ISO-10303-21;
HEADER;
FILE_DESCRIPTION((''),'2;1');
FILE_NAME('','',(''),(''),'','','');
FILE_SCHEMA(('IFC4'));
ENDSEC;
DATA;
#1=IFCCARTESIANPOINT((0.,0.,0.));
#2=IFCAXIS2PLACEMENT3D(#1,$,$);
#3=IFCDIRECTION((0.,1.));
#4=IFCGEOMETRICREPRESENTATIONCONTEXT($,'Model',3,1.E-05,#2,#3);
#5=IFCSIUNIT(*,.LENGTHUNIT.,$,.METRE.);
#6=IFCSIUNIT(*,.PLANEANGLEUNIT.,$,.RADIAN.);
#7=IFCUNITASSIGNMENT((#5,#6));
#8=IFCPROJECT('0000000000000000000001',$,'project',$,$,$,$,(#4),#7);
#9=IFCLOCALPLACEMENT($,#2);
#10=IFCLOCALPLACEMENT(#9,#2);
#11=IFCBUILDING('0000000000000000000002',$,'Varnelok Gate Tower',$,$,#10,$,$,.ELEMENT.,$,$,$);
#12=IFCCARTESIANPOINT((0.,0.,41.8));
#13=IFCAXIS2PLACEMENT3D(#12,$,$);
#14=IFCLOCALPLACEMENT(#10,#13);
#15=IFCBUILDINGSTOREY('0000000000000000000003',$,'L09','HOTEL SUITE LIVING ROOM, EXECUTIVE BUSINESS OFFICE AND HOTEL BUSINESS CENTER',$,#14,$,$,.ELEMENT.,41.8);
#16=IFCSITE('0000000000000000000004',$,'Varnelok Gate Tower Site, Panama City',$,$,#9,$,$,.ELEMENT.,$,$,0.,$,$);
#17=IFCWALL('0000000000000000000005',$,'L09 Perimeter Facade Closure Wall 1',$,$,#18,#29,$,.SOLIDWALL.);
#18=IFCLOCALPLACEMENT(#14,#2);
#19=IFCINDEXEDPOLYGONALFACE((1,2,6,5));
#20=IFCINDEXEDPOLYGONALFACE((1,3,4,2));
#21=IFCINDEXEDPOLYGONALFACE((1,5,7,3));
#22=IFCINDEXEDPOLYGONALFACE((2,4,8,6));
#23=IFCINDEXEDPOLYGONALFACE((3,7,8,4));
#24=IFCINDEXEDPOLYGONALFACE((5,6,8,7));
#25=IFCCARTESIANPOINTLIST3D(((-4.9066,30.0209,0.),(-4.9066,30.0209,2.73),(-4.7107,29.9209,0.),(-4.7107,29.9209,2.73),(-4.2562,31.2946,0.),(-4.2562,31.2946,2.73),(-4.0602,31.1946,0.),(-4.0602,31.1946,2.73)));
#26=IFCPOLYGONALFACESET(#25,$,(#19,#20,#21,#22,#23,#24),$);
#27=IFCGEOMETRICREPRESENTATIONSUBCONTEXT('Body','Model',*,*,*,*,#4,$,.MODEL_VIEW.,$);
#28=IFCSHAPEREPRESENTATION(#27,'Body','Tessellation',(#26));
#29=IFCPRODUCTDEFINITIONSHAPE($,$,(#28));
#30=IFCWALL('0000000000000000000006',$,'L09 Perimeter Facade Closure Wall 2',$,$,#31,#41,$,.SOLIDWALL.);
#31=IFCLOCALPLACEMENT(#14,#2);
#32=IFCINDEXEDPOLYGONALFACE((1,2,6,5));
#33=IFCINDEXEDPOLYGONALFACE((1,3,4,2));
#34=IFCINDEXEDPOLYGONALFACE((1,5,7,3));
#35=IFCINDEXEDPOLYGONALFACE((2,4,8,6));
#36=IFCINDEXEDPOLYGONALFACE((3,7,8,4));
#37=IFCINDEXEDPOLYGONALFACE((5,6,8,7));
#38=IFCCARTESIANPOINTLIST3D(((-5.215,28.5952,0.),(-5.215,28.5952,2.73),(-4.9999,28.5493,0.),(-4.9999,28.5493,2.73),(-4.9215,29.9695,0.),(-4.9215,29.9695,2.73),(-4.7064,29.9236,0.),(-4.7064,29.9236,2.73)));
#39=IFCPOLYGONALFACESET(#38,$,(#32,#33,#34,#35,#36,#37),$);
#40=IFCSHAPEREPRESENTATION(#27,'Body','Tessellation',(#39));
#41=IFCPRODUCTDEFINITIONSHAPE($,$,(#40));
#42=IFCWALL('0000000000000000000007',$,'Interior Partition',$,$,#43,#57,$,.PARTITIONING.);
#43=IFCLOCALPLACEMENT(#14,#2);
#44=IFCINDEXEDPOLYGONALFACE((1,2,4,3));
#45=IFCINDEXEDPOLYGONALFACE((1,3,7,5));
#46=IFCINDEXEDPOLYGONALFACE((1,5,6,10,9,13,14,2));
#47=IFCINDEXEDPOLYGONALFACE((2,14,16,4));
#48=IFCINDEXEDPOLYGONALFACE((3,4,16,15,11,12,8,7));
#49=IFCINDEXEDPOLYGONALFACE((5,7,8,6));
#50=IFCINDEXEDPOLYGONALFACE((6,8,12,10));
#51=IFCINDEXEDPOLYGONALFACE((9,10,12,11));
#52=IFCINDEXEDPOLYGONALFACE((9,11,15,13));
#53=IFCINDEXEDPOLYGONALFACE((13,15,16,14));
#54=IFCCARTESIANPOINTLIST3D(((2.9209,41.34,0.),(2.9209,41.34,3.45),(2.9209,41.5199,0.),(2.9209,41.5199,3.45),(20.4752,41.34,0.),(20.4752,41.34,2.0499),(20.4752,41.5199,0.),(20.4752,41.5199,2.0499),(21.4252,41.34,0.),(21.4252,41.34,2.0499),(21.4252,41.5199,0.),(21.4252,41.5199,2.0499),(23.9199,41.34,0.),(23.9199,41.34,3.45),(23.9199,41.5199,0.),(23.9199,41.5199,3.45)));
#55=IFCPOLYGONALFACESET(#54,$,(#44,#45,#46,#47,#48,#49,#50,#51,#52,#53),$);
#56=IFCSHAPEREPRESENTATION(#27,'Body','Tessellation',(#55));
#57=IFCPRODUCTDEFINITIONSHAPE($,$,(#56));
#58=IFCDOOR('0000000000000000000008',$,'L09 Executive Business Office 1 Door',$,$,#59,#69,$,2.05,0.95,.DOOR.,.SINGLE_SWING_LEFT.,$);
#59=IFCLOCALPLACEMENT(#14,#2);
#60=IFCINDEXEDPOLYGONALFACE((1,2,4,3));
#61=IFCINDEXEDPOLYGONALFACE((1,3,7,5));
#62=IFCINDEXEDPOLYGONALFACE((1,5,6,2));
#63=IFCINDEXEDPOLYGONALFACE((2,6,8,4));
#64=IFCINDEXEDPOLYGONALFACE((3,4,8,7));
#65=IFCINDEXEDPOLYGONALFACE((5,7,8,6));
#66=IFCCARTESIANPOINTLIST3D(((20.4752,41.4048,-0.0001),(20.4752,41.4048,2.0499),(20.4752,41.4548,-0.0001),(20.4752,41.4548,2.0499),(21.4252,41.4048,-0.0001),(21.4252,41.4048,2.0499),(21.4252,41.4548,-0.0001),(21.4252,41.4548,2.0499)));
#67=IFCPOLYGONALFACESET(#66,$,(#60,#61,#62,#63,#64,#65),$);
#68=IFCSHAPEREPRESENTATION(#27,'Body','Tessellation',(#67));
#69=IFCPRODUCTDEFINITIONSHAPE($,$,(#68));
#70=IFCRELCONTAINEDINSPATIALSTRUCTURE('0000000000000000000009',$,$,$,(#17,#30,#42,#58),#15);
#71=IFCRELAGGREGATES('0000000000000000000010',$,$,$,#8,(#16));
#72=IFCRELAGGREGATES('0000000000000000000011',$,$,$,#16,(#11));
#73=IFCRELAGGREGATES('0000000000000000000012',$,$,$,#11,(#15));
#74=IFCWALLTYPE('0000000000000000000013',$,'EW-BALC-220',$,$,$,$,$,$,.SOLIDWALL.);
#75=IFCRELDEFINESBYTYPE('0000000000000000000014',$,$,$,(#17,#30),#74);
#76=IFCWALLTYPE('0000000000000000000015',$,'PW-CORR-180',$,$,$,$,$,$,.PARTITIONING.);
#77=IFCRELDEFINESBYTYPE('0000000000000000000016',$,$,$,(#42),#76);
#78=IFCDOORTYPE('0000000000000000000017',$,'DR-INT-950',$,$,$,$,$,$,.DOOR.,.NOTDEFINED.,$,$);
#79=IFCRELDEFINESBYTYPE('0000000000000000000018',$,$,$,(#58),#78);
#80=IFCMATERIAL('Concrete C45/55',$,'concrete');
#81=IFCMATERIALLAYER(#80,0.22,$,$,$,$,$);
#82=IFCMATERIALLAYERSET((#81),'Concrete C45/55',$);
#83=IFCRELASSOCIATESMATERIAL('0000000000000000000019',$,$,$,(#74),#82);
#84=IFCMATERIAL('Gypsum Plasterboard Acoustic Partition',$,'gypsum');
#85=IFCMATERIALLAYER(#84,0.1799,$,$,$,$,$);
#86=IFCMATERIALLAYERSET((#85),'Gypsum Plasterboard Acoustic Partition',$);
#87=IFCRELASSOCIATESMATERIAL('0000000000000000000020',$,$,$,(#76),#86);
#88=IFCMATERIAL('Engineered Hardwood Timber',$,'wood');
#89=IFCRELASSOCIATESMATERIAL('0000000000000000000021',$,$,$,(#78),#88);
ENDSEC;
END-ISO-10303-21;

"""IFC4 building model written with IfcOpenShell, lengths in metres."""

from ifc_helpers import new_model, si_unit, direction, frame, frame_2d, origin, place, context, subcontext, project, spatial, rectangle, extrude, material, layer, layer_set, type_object, element, fill, save


model = new_model("IFC4")

# Units and contexts
model_context = context("Model", 3, precision=1e-05, world=origin(), true_north=direction((0.0, 1.0)))
body_context = subcontext(model_context, "Body", "Model", "MODEL_VIEW")
ifc_project = project(units=[si_unit("LENGTHUNIT", "METRE"), si_unit("PLANEANGLEUNIT", "RADIAN")], contexts=[model_context])

# Site, building, storey
site_placement = place(None, origin())
site = spatial("IfcSite", under=ifc_project, at=site_placement, Name="Varnelok Gate Tower Site, Panama City", CompositionType="ELEMENT", RefElevation=0.0)
building_placement = place(site_placement, origin())
building = spatial("IfcBuilding", under=site, at=building_placement, Name="Varnelok Gate Tower", CompositionType="ELEMENT")
storey_placement = place(building_placement, frame((0.0, 0.0, 41.8)))
storey = spatial("IfcBuildingStorey", under=building, at=storey_placement, Name="L09", Description="HOTEL SUITE LIVING ROOM, EXECUTIVE BUSINESS OFFICE AND HOTEL BUSINESS CENTER", CompositionType="ELEMENT", Elevation=41.8)

# Walls
ifc_material_1 = material(Name="Concrete C45/55", Category="concrete")
ifc_layer_1 = layer(ifc_material_1, 0.22)
ifc_layer_set_1 = layer_set([ifc_layer_1], Name="Concrete C45/55")
wall_type_1 = type_object("IfcWallType", Name="EW-BALC-220", PredefinedType="SOLIDWALL", material=ifc_layer_set_1)
wall_1_placement = place(storey_placement, frame((-4.1582, 31.2446, 0.0), z_axis=(0.0, 0.0, 1.0), x_axis=(-0.454777, -0.890605, 0.0)))
element("IfcWall", 1, at=wall_1_placement, inside=storey, type_object=wall_type_1, Name="L09 Perimeter Facade Closure Wall 1", PredefinedType="SOLIDWALL", context=body_context, shape_type="SweptSolid", body=[
    extrude(rectangle(XDim=1.4302, YDim=0.22, at=frame_2d((0.7151, 0.0))), origin(), (0.0, 0.0, 1.0), 2.73),
])
wall_2_placement = place(storey_placement, frame((-4.814, 29.9465, 0.0), z_axis=(0.0, 0.0, 1.0), x_axis=(-0.208829, -0.977952, 0.0)))
element("IfcWall", 2, at=wall_2_placement, inside=storey, type_object=wall_type_1, Name="L09 Perimeter Facade Closure Wall 2", PredefinedType="SOLIDWALL", context=body_context, shape_type="SweptSolid", body=[
    extrude(rectangle(XDim=1.4053, YDim=0.22, at=frame_2d((0.7026, 0.0))), origin(), (0.0, 0.0, 1.0), 2.73),
])

# Wall, opening, door
ifc_material_2 = material(Name="Gypsum Plasterboard Acoustic Partition", Category="gypsum")
ifc_layer_2 = layer(ifc_material_2, 0.1799)
ifc_layer_set_2 = layer_set([ifc_layer_2], Name="Gypsum Plasterboard Acoustic Partition")
wall_type_2 = type_object("IfcWallType", Name="PW-CORR-180", PredefinedType="PARTITIONING", material=ifc_layer_set_2)
wall_3_placement = place(storey_placement, frame((2.9209, 41.4299, 0.0), z_axis=(0.0, 0.0, 1.0), x_axis=(1.0, 0.0, 0.0)))
wall_3 = element("IfcWall", 3, at=wall_3_placement, inside=storey, type_object=wall_type_2, Name="Interior Partition", PredefinedType="PARTITIONING", context=body_context, shape_type="SweptSolid", body=[
    extrude(rectangle(XDim=20.999, YDim=0.1799, at=frame_2d((10.4995, 0.0))), origin(), (0.0, 0.0, 1.0), 3.45),
])
opening_placement = place(wall_3_placement, frame((17.5542, 0.0, 0.0)))
opening = element("IfcOpeningElement", 4, at=opening_placement, cuts=wall_3, PredefinedType="OPENING", context=body_context, shape_type="SweptSolid", body=[
    extrude(rectangle(XDim=0.95, YDim=2.05, at=frame_2d((0.4751, 1.0249))), frame((0.0, 0.0999, 0.0), z_axis=(0.0, -1.0, 0.0), x_axis=(1.0, 0.0, 0.0)), (0.0, 0.0, 1.0), 0.2),
])
ifc_material_3 = material(Name="Engineered Hardwood Timber", Category="wood")
door_type = type_object("IfcDoorType", Name="DR-INT-950", OperationType="NOTDEFINED", PredefinedType="DOOR", material=ifc_material_3)
door_placement = place(opening_placement, origin())
door = element("IfcDoor", 5, at=door_placement, inside=storey, type_object=door_type, Name="L09 Executive Business Office 1 Door", OperationType="SINGLE_SWING_LEFT", OverallHeight=2.05, OverallWidth=0.95, PredefinedType="DOOR", context=body_context, shape_type="SweptSolid", body=[
    extrude(rectangle(XDim=0.95, YDim=2.05, at=frame_2d((0.4751, 1.0249))), frame((0.0, 0.0249, 0.0), z_axis=(0.0, -1.0, 0.0), x_axis=(1.0, 0.0, 0.0)), (0.0, 0.0, 1.0), 0.05),
])
fill(opening, door)

save(model, "model.ifc")
